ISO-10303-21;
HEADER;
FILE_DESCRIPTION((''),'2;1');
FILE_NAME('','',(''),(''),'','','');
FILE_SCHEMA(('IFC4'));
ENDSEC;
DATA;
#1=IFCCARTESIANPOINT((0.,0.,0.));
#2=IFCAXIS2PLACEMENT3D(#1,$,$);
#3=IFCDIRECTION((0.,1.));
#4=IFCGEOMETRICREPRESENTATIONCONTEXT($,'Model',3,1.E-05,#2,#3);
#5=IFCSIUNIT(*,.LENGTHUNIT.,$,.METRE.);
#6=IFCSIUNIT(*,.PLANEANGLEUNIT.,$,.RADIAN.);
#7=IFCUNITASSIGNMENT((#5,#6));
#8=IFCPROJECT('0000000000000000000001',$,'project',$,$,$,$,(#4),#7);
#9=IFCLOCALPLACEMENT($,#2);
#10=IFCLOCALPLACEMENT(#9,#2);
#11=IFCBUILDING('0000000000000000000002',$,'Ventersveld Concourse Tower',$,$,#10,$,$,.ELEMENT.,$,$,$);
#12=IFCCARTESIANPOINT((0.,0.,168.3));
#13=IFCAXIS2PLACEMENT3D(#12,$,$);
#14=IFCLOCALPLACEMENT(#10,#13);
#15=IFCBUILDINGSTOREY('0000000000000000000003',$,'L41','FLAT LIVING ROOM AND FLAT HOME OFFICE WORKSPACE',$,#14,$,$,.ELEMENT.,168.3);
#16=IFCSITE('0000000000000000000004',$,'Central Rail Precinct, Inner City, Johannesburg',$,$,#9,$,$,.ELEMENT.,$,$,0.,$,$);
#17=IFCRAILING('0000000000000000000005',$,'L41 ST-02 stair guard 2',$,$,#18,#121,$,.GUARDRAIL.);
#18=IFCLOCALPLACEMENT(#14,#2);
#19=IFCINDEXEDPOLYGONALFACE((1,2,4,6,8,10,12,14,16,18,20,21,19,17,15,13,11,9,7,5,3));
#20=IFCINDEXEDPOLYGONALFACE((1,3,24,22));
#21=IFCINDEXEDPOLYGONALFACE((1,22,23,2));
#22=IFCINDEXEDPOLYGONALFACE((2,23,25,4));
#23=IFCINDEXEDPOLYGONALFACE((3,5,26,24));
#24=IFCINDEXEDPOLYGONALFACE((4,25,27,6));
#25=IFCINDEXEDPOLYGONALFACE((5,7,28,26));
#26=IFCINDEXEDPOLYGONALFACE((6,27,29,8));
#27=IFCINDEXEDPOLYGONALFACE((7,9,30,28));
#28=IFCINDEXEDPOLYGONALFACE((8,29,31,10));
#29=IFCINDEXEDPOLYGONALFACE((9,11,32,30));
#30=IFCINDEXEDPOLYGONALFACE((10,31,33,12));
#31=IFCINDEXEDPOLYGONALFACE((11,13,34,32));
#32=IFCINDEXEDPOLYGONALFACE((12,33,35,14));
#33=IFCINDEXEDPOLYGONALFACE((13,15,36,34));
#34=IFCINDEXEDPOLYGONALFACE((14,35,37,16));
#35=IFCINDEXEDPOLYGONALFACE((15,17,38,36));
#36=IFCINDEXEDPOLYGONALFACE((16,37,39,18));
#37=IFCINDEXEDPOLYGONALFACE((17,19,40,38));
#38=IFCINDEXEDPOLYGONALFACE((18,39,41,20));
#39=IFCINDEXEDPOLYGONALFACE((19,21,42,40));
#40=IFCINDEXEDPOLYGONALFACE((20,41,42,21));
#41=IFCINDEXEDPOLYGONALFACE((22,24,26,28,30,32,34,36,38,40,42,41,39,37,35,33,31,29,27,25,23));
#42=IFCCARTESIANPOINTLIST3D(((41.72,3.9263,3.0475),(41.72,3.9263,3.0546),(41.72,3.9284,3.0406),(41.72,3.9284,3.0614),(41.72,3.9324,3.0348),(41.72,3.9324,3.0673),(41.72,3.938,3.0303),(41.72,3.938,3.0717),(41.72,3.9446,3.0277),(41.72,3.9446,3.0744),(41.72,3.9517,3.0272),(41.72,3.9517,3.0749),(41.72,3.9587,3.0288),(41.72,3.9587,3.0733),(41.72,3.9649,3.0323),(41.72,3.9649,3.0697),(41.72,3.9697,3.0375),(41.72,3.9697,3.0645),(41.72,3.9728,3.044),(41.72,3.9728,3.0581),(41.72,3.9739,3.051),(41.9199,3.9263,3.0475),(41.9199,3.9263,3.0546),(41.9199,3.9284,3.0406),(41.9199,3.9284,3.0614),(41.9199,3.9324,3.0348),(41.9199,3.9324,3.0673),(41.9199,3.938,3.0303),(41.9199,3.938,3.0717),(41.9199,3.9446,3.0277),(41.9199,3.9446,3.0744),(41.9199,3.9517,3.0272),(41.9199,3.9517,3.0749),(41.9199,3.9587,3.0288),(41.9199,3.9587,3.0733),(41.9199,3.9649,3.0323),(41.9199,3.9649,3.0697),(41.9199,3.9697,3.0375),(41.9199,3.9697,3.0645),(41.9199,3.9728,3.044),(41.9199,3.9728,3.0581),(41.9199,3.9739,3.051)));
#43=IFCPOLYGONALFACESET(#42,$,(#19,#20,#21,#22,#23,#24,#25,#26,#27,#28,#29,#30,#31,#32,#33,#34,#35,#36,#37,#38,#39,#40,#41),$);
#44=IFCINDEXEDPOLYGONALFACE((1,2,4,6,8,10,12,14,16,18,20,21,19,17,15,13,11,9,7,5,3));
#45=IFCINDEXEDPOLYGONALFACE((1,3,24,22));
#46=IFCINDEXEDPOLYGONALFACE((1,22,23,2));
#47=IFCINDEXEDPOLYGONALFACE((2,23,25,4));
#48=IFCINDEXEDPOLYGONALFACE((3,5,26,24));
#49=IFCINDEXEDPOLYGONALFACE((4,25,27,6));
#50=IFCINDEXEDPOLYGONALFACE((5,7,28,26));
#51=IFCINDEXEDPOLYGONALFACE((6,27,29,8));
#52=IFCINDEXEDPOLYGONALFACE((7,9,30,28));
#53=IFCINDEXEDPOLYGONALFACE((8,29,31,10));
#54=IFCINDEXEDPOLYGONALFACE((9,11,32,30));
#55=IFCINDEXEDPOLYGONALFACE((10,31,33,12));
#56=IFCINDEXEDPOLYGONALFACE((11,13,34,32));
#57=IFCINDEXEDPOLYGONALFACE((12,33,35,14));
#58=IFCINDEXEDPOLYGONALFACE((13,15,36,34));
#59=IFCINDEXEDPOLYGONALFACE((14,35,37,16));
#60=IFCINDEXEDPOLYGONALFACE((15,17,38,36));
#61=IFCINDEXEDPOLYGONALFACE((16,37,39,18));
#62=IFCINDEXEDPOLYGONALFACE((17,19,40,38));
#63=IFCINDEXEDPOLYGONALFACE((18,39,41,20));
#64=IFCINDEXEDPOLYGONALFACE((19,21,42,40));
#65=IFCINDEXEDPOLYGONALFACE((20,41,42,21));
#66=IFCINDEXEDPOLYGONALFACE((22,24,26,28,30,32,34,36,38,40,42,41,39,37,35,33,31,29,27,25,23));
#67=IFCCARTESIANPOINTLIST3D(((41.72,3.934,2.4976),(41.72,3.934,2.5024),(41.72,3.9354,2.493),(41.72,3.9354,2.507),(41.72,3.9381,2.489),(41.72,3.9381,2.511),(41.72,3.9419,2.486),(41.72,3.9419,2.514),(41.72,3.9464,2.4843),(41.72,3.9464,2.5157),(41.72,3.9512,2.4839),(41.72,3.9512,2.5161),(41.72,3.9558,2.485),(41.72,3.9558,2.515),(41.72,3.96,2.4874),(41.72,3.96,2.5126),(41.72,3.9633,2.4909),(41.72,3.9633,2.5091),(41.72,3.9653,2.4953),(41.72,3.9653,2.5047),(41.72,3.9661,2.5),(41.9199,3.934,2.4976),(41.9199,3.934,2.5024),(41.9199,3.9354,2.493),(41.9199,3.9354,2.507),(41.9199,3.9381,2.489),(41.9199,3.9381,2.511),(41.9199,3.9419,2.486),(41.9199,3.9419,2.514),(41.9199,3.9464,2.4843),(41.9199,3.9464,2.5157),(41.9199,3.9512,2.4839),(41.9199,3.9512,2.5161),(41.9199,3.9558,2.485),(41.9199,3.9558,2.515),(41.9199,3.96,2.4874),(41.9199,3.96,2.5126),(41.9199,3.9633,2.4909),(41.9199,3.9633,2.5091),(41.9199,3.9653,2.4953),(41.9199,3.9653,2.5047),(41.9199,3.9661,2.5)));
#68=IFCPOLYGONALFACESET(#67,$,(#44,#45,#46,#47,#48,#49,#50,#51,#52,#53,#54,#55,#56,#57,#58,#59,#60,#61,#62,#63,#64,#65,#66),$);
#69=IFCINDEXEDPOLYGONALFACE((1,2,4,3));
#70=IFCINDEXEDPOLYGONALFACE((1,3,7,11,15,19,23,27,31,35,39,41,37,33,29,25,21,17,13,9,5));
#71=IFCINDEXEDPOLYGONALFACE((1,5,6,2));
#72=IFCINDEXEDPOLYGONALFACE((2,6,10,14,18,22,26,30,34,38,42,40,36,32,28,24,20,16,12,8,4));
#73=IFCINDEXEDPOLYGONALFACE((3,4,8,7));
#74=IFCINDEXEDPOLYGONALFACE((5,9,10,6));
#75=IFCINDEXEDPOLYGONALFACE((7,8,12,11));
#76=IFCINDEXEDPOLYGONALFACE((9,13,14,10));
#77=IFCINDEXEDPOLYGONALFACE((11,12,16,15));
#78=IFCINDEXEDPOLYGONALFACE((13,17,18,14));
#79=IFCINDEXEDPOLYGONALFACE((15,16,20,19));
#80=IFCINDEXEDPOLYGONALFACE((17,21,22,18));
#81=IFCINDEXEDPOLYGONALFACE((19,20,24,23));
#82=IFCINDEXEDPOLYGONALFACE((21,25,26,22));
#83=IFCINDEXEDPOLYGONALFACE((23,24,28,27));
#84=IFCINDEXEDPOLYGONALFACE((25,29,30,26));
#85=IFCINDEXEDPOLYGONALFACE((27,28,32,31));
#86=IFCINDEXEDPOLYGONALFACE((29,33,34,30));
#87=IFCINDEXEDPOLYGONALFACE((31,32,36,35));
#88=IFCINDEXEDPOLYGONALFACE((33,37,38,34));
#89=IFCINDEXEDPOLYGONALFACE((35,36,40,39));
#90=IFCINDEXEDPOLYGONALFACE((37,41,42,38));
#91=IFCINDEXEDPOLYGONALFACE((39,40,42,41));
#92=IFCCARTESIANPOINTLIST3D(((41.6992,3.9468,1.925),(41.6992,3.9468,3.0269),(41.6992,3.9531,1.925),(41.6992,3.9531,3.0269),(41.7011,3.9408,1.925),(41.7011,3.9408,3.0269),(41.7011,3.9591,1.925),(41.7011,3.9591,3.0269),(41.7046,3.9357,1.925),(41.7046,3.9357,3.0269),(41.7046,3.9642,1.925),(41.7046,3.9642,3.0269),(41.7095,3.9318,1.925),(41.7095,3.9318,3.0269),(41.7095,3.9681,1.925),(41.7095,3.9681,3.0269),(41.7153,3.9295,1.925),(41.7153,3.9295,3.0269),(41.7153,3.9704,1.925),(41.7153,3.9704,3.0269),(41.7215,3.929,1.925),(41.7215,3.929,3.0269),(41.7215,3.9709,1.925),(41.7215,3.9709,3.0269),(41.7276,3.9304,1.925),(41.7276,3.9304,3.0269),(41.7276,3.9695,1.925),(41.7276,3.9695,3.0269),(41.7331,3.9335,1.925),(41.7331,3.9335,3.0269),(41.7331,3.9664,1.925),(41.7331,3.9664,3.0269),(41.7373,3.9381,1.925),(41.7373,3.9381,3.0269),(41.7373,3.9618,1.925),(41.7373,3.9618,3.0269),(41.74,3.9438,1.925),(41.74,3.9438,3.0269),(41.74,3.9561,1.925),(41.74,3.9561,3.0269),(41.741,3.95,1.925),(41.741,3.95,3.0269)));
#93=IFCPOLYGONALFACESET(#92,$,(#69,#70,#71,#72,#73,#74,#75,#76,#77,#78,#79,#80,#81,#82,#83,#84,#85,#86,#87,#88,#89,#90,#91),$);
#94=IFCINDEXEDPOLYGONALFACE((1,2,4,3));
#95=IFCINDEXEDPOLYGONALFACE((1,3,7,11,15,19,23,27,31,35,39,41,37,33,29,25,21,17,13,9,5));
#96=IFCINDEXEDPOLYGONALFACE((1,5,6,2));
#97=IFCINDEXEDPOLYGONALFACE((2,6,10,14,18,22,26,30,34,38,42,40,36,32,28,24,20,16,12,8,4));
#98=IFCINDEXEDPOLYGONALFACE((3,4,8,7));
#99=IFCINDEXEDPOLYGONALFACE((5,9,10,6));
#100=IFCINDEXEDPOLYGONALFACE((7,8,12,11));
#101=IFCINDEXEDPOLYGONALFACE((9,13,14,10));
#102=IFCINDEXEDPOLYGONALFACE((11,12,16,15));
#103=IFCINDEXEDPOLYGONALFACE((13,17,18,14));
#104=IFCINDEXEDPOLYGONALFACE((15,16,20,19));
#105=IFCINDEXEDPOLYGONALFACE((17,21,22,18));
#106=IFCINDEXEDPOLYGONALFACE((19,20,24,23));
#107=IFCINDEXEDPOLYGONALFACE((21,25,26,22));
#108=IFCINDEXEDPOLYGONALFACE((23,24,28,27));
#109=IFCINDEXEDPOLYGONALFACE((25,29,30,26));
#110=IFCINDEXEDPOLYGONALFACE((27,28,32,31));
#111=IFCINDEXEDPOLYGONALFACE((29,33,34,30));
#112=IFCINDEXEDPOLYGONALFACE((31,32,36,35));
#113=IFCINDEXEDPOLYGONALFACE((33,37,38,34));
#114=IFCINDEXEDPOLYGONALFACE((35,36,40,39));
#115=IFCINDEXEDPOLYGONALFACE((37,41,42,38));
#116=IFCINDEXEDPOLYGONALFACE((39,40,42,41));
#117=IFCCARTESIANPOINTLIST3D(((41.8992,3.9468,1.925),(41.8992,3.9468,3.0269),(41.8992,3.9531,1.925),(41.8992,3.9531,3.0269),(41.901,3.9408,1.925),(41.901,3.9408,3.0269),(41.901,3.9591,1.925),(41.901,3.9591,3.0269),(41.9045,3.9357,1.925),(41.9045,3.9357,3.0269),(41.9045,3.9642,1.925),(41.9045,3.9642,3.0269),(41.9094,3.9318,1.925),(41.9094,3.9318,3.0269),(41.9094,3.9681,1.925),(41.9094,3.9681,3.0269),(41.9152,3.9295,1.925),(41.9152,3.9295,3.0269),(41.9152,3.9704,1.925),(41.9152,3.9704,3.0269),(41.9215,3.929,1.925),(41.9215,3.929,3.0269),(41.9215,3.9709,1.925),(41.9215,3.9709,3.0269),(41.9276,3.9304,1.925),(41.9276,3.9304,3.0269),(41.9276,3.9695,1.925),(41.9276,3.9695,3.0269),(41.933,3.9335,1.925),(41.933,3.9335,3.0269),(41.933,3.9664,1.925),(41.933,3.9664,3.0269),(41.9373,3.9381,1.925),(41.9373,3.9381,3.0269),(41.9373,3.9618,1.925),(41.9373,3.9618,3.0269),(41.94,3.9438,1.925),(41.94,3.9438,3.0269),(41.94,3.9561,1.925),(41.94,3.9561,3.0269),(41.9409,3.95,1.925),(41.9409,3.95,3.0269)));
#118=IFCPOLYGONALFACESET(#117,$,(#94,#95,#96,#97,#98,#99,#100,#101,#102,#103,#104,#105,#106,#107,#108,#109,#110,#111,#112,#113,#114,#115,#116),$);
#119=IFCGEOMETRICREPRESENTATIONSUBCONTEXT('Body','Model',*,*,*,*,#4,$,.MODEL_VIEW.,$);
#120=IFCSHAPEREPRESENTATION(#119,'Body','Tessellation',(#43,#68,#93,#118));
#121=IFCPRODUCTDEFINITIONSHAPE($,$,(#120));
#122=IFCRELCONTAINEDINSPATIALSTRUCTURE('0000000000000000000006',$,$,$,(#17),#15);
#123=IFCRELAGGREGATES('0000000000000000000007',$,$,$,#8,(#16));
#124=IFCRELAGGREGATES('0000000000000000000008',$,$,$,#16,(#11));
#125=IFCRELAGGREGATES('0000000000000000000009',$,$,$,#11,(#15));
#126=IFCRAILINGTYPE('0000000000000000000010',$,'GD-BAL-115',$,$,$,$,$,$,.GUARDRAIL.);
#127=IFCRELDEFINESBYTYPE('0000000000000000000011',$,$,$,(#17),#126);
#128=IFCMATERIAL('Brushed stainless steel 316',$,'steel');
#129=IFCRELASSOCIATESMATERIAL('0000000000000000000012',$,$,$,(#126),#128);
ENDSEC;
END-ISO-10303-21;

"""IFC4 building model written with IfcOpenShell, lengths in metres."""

from ifc_helpers import new_model, si_unit, direction, frame, origin, origin_2d, place, context, subcontext, project, spatial, circle, extrude, material, type_object, element, save


model = new_model("IFC4")

# Units and contexts
model_context = context("Model", 3, precision=1e-05, world=origin(), true_north=direction((0.0, 1.0)))
body_context = subcontext(model_context, "Body", "Model", "MODEL_VIEW")
ifc_project = project(units=[si_unit("LENGTHUNIT", "METRE"), si_unit("PLANEANGLEUNIT", "RADIAN")], contexts=[model_context])

# Site, building, storey
site_placement = place(None, origin())
site = spatial("IfcSite", under=ifc_project, at=site_placement, Name="Central Rail Precinct, Inner City, Johannesburg", CompositionType="ELEMENT", RefElevation=0.0)
building_placement = place(site_placement, origin())
building = spatial("IfcBuilding", under=site, at=building_placement, Name="Ventersveld Concourse Tower", CompositionType="ELEMENT")
storey_placement = place(building_placement, frame((0.0, 0.0, 168.3)))
storey = spatial("IfcBuildingStorey", under=building, at=storey_placement, Name="L41", Description="FLAT LIVING ROOM AND FLAT HOME OFFICE WORKSPACE", CompositionType="ELEMENT", Elevation=168.3)

# Shared definitions
ifc_material_1 = material(Name="Brushed stainless steel 316", Category="steel")

# Railing
railing_type_1 = type_object("IfcRailingType", Name="GD-BAL-115", PredefinedType="GUARDRAIL", material=ifc_material_1)
railing_1_placement = place(storey_placement, frame((41.72, 3.95, 1.925)))
element("IfcRailing", 1, at=railing_1_placement, inside=storey, type_object=railing_type_1, Name="L41 ST-02 stair guard 2", PredefinedType="GUARDRAIL", context=body_context, shape_type="SweptSolid", body=[
    extrude(circle(Radius=0.0239, at=origin_2d()), frame((0.0, 0.0, 1.126), z_axis=(1.0, 0.0, 0.0), x_axis=(0.0, 1.0, 0.0)), (0.0, 0.0, 1.0), 0.2),
    extrude(circle(Radius=0.0161, at=origin_2d()), frame((0.0, 0.0, 0.575), z_axis=(1.0, 0.0, 0.0), x_axis=(0.0, 1.0, 0.0)), (0.0, 0.0, 1.0), 0.2),
    extrude(circle(Radius=0.021, at=origin_2d()), origin(), (0.0, 0.0, 1.0), 1.1018),
    extrude(circle(Radius=0.021, at=origin_2d()), frame((0.2, 0.0, 0.0)), (0.0, 0.0, 1.0), 1.1018),
])

save(model, "model.ifc")
